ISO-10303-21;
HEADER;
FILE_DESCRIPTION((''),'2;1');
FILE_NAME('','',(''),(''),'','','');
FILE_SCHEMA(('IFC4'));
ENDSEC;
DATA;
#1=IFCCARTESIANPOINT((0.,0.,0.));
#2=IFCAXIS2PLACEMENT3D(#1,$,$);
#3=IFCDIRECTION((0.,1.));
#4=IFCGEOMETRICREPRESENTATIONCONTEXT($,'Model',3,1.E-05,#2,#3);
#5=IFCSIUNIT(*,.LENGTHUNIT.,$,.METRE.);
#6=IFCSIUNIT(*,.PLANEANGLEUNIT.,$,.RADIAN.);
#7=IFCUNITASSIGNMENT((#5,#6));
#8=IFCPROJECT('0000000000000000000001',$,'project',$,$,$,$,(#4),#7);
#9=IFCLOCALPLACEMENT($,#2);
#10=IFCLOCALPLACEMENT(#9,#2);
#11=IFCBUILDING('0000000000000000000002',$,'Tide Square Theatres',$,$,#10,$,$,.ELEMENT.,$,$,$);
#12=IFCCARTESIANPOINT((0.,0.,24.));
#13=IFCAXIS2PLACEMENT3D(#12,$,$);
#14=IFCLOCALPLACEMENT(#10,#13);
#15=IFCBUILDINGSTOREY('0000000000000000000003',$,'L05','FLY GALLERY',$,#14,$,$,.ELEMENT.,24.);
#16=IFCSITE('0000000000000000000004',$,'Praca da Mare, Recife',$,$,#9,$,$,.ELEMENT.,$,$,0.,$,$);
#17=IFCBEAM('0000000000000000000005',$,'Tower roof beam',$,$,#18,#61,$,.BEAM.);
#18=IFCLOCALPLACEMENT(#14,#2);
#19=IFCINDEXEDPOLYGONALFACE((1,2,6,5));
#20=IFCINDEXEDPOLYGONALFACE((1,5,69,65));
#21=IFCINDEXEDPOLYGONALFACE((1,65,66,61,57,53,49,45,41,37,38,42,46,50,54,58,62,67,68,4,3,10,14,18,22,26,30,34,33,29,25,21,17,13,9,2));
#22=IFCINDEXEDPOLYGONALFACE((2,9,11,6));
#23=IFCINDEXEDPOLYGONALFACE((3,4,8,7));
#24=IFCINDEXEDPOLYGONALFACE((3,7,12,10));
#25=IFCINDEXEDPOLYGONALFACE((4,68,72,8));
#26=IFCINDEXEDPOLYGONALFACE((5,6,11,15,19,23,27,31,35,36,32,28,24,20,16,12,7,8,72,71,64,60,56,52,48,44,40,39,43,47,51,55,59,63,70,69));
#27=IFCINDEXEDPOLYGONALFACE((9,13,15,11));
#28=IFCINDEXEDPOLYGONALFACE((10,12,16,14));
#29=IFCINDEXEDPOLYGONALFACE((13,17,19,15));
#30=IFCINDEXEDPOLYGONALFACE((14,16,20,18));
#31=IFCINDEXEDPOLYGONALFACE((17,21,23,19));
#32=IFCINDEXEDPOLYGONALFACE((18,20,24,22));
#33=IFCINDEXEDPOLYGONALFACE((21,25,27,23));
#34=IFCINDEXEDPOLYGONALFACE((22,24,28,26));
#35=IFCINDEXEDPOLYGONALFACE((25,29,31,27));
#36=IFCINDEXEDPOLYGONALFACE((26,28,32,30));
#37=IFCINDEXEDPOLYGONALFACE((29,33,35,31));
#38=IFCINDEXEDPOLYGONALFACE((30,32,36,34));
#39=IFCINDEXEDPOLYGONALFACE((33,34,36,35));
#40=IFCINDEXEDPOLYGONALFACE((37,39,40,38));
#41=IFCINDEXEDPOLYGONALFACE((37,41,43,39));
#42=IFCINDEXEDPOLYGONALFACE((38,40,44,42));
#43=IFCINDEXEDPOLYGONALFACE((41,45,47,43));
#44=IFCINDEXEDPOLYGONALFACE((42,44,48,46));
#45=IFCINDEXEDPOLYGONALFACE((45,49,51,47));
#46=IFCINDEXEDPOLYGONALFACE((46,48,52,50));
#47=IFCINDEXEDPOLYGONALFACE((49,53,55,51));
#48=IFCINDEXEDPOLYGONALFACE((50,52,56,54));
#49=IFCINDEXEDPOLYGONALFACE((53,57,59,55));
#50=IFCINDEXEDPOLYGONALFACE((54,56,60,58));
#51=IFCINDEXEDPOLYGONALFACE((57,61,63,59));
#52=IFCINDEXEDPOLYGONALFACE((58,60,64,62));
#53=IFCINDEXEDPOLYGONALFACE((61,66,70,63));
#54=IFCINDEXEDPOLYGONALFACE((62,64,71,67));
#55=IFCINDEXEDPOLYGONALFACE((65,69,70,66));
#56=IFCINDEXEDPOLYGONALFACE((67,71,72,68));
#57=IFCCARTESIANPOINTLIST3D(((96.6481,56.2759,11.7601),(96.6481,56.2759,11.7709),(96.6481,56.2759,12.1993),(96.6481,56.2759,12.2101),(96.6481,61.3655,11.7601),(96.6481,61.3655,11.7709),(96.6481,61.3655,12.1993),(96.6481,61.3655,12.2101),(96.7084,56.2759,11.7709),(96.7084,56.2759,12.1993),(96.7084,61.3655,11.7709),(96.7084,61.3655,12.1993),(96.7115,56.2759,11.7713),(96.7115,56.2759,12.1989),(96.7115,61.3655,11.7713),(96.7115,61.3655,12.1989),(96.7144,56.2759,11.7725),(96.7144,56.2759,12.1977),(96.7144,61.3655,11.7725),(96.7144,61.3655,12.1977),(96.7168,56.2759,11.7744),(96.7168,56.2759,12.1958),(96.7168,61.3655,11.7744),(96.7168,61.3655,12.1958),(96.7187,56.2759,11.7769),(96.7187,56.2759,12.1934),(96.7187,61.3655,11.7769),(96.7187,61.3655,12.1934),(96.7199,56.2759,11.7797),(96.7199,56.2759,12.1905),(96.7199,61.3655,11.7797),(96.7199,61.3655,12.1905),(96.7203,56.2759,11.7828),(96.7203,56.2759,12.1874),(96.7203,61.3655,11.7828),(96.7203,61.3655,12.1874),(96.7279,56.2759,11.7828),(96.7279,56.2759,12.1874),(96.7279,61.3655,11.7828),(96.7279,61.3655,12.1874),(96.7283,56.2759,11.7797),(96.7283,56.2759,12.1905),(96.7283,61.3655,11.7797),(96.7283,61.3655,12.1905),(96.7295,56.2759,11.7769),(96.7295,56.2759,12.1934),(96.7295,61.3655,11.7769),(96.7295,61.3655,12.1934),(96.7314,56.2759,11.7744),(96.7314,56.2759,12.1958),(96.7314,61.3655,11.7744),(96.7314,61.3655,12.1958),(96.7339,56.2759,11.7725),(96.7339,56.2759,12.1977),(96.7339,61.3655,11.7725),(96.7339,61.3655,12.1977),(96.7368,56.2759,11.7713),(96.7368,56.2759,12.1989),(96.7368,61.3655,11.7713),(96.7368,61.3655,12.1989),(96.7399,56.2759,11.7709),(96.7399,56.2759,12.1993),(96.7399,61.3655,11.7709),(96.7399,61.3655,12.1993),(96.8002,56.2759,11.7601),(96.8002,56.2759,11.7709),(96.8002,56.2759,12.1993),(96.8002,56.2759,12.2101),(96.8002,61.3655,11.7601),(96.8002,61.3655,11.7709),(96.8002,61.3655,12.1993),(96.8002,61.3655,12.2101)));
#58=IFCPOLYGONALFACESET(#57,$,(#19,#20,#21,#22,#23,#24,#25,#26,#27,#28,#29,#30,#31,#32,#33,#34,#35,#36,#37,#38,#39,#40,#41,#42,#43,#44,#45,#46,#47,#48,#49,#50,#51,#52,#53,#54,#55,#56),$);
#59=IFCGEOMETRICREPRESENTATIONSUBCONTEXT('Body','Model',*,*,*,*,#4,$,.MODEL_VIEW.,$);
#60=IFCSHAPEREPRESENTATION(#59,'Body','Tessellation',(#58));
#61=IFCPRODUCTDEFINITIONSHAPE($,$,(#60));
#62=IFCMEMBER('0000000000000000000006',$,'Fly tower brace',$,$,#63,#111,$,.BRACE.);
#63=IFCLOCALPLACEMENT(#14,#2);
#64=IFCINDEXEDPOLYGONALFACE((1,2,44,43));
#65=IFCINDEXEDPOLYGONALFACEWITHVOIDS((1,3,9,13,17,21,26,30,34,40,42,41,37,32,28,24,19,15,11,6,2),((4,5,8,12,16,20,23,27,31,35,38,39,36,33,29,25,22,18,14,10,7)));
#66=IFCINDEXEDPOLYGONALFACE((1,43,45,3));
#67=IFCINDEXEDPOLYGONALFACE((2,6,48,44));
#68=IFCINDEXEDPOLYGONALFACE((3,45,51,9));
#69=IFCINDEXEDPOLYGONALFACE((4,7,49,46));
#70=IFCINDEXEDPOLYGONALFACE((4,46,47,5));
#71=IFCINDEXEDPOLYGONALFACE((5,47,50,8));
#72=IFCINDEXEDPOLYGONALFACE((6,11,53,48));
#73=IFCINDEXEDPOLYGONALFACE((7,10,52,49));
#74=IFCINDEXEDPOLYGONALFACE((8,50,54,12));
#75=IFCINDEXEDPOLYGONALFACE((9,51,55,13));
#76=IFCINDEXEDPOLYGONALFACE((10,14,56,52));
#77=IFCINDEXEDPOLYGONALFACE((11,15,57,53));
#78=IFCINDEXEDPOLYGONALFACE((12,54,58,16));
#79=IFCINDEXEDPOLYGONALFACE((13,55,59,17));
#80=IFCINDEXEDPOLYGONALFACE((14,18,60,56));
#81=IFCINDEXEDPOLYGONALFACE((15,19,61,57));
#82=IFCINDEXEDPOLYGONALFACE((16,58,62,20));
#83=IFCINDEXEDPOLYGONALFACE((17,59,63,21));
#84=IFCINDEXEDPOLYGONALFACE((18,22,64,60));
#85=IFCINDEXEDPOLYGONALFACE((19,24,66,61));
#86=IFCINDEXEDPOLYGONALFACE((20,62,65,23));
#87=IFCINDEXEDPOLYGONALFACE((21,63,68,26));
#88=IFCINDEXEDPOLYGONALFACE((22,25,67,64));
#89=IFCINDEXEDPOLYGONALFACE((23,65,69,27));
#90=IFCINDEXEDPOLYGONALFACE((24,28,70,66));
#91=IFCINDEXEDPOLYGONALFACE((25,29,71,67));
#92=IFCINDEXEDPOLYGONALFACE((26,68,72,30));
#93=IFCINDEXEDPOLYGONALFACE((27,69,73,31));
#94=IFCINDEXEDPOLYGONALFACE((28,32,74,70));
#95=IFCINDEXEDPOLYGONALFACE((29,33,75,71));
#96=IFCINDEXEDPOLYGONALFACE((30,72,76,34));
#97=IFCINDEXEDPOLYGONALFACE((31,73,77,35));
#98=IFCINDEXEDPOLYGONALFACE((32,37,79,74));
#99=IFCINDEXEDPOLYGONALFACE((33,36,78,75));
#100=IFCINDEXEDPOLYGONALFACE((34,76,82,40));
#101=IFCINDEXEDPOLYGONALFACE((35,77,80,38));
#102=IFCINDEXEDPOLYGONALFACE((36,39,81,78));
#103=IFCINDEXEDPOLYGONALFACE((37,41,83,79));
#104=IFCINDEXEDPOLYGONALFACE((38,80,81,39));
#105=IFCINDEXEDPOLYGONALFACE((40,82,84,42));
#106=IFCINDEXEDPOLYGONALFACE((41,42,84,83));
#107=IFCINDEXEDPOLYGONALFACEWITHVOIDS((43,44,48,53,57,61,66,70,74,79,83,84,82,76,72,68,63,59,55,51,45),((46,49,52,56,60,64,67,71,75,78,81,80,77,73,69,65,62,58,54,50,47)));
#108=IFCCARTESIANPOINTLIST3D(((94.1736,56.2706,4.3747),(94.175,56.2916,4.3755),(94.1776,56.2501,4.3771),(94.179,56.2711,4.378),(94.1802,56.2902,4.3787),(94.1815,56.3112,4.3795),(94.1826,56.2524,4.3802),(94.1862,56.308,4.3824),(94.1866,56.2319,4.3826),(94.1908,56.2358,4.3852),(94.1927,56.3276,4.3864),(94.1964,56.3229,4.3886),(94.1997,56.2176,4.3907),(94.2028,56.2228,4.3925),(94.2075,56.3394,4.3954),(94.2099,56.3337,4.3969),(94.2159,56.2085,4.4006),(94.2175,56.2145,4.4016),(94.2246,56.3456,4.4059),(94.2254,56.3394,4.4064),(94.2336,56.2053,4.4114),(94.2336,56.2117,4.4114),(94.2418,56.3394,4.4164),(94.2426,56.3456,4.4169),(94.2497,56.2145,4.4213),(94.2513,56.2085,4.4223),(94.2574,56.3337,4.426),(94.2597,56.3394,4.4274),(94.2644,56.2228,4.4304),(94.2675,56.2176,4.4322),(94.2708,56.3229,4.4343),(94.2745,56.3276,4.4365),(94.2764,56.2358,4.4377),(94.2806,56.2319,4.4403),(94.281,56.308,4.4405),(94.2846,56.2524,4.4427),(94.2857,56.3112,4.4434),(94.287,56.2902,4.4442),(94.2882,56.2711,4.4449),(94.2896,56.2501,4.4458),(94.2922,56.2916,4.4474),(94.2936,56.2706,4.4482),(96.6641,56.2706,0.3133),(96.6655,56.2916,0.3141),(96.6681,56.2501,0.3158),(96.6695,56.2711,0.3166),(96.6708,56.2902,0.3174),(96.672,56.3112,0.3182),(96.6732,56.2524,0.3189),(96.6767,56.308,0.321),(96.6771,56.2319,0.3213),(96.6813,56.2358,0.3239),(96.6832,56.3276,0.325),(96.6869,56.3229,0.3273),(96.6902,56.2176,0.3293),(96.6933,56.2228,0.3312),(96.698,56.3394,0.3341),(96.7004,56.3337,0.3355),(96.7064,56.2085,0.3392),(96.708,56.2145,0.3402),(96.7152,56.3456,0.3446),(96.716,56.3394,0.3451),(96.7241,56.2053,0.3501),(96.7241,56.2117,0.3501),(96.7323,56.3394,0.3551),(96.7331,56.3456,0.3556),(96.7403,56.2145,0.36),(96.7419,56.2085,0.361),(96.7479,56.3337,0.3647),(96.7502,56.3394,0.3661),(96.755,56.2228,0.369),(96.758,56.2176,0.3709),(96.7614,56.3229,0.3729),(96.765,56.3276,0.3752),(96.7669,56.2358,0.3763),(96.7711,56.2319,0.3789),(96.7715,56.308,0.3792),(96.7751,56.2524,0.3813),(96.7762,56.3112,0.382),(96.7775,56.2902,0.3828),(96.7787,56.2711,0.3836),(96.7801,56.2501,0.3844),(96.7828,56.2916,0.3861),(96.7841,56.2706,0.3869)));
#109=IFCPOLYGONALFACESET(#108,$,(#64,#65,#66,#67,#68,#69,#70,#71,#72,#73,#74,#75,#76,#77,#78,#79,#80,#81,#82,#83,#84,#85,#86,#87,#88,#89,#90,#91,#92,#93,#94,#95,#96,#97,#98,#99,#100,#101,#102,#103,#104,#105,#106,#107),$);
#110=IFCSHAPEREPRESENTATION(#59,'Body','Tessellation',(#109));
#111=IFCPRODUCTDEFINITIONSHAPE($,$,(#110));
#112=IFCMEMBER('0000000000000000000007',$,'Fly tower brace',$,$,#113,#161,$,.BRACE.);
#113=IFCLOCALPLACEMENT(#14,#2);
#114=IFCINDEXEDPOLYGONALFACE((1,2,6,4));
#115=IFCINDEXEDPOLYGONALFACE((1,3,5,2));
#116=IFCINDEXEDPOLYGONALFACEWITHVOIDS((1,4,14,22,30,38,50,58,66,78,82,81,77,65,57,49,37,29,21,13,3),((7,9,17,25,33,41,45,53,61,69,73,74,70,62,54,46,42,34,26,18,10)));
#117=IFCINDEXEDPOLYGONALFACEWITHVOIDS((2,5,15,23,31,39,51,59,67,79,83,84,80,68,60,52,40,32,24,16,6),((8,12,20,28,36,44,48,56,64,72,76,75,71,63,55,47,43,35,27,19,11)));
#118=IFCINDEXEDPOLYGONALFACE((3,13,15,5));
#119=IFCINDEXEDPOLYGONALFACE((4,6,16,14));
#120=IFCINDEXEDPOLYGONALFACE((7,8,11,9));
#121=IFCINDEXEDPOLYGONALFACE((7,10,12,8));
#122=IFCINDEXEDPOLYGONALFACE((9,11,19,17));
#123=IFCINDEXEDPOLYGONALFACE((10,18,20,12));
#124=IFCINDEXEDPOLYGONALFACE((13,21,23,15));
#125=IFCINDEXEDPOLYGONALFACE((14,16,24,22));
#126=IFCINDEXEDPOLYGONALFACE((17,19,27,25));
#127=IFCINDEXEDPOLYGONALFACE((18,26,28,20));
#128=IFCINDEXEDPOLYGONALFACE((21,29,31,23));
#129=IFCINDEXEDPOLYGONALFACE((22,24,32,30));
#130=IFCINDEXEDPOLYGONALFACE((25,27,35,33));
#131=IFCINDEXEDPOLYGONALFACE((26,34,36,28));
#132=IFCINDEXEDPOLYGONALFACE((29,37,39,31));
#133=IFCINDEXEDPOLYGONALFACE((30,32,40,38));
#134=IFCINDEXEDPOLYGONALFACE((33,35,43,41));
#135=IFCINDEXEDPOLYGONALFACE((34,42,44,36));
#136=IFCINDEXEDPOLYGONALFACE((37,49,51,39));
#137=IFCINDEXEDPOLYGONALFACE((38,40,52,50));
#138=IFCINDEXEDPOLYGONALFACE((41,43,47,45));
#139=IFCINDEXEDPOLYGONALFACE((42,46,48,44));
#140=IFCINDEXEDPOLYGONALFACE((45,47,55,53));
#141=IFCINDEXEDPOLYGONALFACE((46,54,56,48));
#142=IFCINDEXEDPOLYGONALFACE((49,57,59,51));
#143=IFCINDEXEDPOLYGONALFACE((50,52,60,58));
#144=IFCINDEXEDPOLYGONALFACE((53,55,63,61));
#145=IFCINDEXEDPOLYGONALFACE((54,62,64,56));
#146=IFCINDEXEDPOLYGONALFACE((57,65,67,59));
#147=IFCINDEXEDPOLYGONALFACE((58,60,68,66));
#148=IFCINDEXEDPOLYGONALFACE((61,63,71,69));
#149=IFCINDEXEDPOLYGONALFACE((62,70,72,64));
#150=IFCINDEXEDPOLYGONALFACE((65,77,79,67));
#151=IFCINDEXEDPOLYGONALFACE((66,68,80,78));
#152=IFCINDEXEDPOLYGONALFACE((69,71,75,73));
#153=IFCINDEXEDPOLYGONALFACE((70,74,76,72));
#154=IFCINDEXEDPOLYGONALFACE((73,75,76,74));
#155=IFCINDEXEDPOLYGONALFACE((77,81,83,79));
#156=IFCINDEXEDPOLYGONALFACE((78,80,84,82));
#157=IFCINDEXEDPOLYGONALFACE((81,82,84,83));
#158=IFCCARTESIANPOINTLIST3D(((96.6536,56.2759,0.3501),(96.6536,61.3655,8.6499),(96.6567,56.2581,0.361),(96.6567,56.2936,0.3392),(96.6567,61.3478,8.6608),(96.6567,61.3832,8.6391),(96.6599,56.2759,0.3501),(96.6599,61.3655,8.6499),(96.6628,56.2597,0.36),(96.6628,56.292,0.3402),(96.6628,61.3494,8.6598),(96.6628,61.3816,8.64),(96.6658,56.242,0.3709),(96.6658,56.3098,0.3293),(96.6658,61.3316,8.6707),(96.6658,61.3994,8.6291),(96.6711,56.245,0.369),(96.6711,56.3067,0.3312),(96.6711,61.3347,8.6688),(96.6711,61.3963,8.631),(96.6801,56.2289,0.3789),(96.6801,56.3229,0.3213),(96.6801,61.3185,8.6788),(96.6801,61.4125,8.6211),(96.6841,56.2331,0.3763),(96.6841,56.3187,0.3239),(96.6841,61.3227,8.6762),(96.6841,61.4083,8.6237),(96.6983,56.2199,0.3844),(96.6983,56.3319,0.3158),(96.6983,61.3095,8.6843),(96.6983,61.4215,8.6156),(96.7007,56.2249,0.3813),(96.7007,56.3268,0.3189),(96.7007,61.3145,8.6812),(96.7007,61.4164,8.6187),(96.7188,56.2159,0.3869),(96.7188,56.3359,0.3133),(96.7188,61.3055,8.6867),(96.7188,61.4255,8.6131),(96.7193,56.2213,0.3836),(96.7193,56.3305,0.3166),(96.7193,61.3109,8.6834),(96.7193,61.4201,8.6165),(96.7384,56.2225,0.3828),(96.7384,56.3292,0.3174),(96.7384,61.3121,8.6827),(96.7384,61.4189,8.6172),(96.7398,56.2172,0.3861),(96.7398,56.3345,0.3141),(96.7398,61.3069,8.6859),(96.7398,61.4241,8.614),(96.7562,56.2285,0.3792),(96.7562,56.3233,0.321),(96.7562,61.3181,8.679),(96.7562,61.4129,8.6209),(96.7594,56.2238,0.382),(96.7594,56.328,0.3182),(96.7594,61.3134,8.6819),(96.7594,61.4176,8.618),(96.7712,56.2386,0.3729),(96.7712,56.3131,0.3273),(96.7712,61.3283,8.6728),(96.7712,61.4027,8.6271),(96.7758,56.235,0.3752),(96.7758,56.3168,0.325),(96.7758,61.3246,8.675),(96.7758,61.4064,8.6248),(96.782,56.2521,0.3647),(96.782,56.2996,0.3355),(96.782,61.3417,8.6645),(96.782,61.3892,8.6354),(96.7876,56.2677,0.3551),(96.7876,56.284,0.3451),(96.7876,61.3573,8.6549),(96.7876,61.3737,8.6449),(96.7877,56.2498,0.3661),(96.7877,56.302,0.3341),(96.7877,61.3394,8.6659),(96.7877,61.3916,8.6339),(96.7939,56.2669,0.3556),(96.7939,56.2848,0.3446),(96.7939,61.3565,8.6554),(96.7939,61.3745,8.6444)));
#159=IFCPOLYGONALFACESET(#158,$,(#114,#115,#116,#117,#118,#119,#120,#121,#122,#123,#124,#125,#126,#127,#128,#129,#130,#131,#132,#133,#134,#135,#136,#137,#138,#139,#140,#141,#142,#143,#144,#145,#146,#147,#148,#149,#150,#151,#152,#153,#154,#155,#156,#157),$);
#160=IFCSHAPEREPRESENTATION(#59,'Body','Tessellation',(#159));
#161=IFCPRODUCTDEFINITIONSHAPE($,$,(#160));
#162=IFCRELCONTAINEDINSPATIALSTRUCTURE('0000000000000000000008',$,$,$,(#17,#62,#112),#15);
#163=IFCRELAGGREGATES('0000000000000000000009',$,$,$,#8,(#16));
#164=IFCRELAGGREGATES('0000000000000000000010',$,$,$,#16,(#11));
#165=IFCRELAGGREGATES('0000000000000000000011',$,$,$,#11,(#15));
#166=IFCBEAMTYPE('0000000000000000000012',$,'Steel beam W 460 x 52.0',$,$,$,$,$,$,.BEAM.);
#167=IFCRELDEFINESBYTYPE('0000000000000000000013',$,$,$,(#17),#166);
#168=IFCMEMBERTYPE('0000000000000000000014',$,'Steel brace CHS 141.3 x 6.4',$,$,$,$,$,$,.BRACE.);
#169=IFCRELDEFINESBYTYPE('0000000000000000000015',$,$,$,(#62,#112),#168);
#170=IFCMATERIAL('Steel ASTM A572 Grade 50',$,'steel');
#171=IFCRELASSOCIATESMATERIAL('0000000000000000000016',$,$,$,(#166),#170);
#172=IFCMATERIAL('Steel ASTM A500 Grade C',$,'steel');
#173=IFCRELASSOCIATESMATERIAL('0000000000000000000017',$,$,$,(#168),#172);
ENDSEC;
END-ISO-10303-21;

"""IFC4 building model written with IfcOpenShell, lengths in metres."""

from ifc_helpers import new_model, si_unit, direction, frame, origin, origin_2d, place, context, subcontext, project, spatial, hollow_circle, i_section, extrude, material, material_profile, profile_set, type_object, element, save


model = new_model("IFC4")

# Units and contexts
model_context = context("Model", 3, precision=1e-05, world=origin(), true_north=direction((0.0, 1.0)))
body_context = subcontext(model_context, "Body", "Model", "MODEL_VIEW")
ifc_project = project(units=[si_unit("LENGTHUNIT", "METRE"), si_unit("PLANEANGLEUNIT", "RADIAN")], contexts=[model_context])

# Site, building, storey
site_placement = place(None, origin())
site = spatial("IfcSite", under=ifc_project, at=site_placement, Name="Praca da Mare, Recife", CompositionType="ELEMENT", RefElevation=0.0)
building_placement = place(site_placement, origin())
building = spatial("IfcBuilding", under=site, at=building_placement, Name="Tide Square Theatres", CompositionType="ELEMENT")
storey_placement = place(building_placement, frame((0.0, 0.0, 24.0)))
storey = spatial("IfcBuildingStorey", under=building, at=storey_placement, Name="L05", Description="FLY GALLERY", CompositionType="ELEMENT", Elevation=24.0)

# Beam
ifc_material_1 = material(Name="Steel ASTM A572 Grade 50", Category="steel")
ifc_material_profile_1 = material_profile(ifc_material_1, i_section(OverallWidth=0.1521, OverallDepth=0.45, WebThickness=0.0076, FlangeThickness=0.0107, FilletRadius=0.012, at=origin_2d()))
ifc_profile_set_1 = profile_set([ifc_material_profile_1], Name="Steel ASTM A572 Grade 50")
beam_type_1 = type_object("IfcBeamType", Name="Steel beam W 460 x 52.0", PredefinedType="BEAM", material=ifc_profile_set_1)
beam_placement = place(storey_placement, frame((96.7241, 56.2759, 11.9851), z_axis=(0.0, 1.0, 0.0), x_axis=(-1.0, 0.0, 0.0)))
element("IfcBeam", 1, at=beam_placement, inside=storey, type_object=beam_type_1, Name="Tower roof beam", PredefinedType="BEAM", context=body_context, shape_type="SweptSolid", body=[
    extrude(i_section(OverallWidth=0.1521, OverallDepth=0.45, WebThickness=0.0076, FlangeThickness=0.0107, FilletRadius=0.012, at=origin_2d()), origin(), (0.0, 0.0, 1.0), 5.0896),
])

# Members
ifc_material_2 = material(Name="Steel ASTM A500 Grade C", Category="steel")
ifc_material_profile_2 = material_profile(ifc_material_2, hollow_circle(Radius=0.0706, WallThickness=0.0063, at=origin_2d()))
ifc_profile_set_2 = profile_set([ifc_material_profile_2], Name="Steel ASTM A500 Grade C")
member_type_1 = type_object("IfcMemberType", Name="Steel brace CHS 141.3 x 6.4", PredefinedType="BRACE", material=ifc_profile_set_2)
member_1_placement = place(storey_placement, frame((96.7241, 56.2759, 0.3501), z_axis=(-0.522762, 0.0, 0.852479), x_axis=(0.0, -1.0, 0.0)))
element("IfcMember", 2, at=member_1_placement, inside=storey, type_object=member_type_1, Name="Fly tower brace", PredefinedType="BRACE", context=body_context, shape_type="SweptSolid", body=[
    extrude(hollow_circle(Radius=0.0706, WallThickness=0.0063, at=origin_2d()), origin(), (0.0, 0.0, 1.0), 4.7642),
])
member_2_placement = place(storey_placement, frame((96.7241, 56.2759, 0.3501), z_axis=(0.0, 0.522758, 0.852481), x_axis=(-1.0, 0.0, 0.0)))
element("IfcMember", 3, at=member_2_placement, inside=storey, type_object=member_type_1, Name="Fly tower brace", PredefinedType="BRACE", context=body_context, shape_type="SweptSolid", body=[
    extrude(hollow_circle(Radius=0.0706, WallThickness=0.0063, at=origin_2d()), origin(), (0.0, 0.0, 1.0), 9.7361),
])

save(model, "model.ifc")
